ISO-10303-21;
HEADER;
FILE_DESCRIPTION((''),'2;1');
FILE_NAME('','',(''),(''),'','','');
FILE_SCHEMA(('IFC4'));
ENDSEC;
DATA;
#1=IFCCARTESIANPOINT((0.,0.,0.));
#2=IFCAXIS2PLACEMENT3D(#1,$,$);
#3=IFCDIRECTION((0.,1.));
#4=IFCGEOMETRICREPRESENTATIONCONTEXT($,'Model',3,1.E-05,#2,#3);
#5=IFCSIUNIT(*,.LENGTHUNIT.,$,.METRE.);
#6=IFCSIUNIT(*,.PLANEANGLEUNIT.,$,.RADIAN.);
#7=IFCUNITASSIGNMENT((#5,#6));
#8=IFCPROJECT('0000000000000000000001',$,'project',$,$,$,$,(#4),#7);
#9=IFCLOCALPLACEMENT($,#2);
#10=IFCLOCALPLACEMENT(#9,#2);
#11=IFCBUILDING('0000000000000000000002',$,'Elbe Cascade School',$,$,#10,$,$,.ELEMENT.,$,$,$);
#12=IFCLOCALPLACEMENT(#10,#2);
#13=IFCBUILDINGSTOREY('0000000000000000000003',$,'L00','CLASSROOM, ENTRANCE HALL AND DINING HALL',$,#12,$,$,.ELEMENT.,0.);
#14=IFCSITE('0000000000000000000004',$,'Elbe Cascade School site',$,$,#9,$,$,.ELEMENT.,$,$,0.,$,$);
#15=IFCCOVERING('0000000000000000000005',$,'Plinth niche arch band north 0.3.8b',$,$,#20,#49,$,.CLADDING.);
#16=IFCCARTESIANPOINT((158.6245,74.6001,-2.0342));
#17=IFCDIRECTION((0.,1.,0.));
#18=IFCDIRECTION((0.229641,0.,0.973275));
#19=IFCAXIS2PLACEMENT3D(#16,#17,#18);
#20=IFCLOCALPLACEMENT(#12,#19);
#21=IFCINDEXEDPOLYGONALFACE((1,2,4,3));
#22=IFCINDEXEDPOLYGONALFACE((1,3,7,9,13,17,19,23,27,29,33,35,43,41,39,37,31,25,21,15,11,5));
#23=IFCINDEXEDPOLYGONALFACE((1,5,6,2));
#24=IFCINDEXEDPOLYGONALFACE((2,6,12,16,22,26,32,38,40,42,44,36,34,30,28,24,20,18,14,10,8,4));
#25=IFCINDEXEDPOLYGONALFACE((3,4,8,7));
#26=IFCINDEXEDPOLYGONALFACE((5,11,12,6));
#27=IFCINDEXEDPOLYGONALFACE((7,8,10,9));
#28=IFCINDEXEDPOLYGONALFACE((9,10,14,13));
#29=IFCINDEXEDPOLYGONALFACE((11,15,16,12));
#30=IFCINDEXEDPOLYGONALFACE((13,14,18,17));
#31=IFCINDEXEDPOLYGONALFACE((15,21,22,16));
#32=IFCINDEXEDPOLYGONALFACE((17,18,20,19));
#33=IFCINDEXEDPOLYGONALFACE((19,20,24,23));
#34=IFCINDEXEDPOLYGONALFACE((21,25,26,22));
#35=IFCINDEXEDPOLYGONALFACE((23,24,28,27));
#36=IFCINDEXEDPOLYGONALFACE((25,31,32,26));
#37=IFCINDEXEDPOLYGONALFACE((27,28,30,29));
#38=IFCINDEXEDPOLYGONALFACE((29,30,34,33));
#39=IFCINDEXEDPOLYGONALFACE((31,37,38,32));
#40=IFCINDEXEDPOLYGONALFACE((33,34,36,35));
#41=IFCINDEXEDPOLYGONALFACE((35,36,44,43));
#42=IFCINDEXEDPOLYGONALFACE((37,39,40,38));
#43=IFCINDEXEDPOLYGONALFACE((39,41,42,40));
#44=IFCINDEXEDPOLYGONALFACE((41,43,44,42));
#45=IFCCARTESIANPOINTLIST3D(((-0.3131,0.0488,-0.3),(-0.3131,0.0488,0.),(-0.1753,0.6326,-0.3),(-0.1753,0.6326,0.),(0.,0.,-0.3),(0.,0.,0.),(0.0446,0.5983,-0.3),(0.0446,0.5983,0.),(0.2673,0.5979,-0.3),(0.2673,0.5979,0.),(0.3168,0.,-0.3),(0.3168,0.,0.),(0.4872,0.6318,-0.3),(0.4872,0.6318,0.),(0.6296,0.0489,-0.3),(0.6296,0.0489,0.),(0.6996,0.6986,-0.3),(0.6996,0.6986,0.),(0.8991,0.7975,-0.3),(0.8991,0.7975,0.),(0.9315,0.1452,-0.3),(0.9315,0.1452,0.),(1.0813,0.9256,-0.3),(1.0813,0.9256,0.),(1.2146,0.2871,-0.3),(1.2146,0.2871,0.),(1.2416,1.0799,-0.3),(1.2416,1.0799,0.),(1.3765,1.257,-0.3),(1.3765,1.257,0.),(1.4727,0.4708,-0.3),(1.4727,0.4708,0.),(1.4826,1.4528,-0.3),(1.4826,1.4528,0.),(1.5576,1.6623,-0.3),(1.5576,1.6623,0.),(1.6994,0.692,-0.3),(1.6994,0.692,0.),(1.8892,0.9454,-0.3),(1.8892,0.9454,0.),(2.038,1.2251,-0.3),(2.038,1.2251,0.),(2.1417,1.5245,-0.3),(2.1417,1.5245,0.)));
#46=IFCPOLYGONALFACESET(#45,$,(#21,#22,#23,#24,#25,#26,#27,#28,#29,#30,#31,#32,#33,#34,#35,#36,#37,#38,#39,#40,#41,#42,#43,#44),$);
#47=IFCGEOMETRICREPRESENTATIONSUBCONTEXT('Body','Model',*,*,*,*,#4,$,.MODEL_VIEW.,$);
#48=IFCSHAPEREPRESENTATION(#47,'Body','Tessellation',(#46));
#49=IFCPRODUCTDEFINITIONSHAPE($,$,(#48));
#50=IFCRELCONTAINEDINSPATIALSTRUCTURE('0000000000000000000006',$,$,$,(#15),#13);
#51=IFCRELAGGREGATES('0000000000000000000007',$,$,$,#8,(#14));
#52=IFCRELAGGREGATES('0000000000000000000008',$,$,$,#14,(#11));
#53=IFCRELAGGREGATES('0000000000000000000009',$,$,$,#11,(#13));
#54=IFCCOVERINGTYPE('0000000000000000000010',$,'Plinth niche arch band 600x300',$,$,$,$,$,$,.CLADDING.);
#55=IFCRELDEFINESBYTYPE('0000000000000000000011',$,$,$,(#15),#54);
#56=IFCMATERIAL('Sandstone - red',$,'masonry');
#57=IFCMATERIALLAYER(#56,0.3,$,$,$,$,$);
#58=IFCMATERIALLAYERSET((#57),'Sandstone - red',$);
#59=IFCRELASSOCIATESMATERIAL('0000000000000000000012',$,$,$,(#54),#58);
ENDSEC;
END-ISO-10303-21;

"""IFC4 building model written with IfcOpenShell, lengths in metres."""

from ifc_helpers import new_model, si_unit, direction, frame, origin, place, context, subcontext, project, spatial, polyline, outline, extrude, material, layer, layer_set, type_object, element, save


model = new_model("IFC4")

# Units and contexts
model_context = context("Model", 3, precision=1e-05, world=origin(), true_north=direction((0.0, 1.0)))
body_context = subcontext(model_context, "Body", "Model", "MODEL_VIEW")
ifc_project = project(units=[si_unit("LENGTHUNIT", "METRE"), si_unit("PLANEANGLEUNIT", "RADIAN")], contexts=[model_context])

# Site, building, storey
site_placement = place(None, origin())
site = spatial("IfcSite", under=ifc_project, at=site_placement, Name="Elbe Cascade School site", CompositionType="ELEMENT", RefElevation=0.0)
building_placement = place(site_placement, origin())
building = spatial("IfcBuilding", under=site, at=building_placement, Name="Elbe Cascade School", CompositionType="ELEMENT")
storey_placement = place(building_placement, origin())
storey = spatial("IfcBuildingStorey", under=building, at=storey_placement, Name="L00", Description="CLASSROOM, ENTRANCE HALL AND DINING HALL", CompositionType="ELEMENT", Elevation=0.0)

# Covering
ifc_material_1 = material(Name="Sandstone - red", Category="masonry")
ifc_layer_1 = layer(ifc_material_1, 0.3)
ifc_layer_set_1 = layer_set([ifc_layer_1], Name="Sandstone - red")
covering_type_1 = type_object("IfcCoveringType", Name="Plinth niche arch band 600x300", PredefinedType="CLADDING", material=ifc_layer_set_1)
covering_1_placement = place(storey_placement, frame((158.6245, 74.6001, -2.0342), z_axis=(0.0, 1.0, 0.0), x_axis=(0.229641, 0.0, 0.973275)))
element("IfcCovering", 1, at=covering_1_placement, inside=storey, type_object=covering_type_1, Name="Plinth niche arch band north 0.3.8b", PredefinedType="CLADDING", context=body_context, shape_type="SweptSolid", body=[
    extrude(outline(polyline([(0.0, 0.0), (0.3168, 0.0), (0.6296, 0.0489), (0.9315, 0.1452), (1.2146, 0.2871), (1.4727, 0.4708), (1.6994, 0.692), (1.8892, 0.9454), (2.038, 1.2251), (2.1417, 1.5245), (1.5576, 1.6623), (1.4826, 1.4528), (1.3765, 1.257), (1.2416, 1.0799), (1.0813, 0.9256), (0.8991, 0.7975), (0.6996, 0.6986), (0.4872, 0.6318), (0.2673, 0.5979), (0.0446, 0.5983), (-0.1753, 0.6326), (-0.3131, 0.0488), (0.0, 0.0)])), origin(), (0.0, 0.0, -1.0), 0.3),
])

save(model, "model.ifc")
